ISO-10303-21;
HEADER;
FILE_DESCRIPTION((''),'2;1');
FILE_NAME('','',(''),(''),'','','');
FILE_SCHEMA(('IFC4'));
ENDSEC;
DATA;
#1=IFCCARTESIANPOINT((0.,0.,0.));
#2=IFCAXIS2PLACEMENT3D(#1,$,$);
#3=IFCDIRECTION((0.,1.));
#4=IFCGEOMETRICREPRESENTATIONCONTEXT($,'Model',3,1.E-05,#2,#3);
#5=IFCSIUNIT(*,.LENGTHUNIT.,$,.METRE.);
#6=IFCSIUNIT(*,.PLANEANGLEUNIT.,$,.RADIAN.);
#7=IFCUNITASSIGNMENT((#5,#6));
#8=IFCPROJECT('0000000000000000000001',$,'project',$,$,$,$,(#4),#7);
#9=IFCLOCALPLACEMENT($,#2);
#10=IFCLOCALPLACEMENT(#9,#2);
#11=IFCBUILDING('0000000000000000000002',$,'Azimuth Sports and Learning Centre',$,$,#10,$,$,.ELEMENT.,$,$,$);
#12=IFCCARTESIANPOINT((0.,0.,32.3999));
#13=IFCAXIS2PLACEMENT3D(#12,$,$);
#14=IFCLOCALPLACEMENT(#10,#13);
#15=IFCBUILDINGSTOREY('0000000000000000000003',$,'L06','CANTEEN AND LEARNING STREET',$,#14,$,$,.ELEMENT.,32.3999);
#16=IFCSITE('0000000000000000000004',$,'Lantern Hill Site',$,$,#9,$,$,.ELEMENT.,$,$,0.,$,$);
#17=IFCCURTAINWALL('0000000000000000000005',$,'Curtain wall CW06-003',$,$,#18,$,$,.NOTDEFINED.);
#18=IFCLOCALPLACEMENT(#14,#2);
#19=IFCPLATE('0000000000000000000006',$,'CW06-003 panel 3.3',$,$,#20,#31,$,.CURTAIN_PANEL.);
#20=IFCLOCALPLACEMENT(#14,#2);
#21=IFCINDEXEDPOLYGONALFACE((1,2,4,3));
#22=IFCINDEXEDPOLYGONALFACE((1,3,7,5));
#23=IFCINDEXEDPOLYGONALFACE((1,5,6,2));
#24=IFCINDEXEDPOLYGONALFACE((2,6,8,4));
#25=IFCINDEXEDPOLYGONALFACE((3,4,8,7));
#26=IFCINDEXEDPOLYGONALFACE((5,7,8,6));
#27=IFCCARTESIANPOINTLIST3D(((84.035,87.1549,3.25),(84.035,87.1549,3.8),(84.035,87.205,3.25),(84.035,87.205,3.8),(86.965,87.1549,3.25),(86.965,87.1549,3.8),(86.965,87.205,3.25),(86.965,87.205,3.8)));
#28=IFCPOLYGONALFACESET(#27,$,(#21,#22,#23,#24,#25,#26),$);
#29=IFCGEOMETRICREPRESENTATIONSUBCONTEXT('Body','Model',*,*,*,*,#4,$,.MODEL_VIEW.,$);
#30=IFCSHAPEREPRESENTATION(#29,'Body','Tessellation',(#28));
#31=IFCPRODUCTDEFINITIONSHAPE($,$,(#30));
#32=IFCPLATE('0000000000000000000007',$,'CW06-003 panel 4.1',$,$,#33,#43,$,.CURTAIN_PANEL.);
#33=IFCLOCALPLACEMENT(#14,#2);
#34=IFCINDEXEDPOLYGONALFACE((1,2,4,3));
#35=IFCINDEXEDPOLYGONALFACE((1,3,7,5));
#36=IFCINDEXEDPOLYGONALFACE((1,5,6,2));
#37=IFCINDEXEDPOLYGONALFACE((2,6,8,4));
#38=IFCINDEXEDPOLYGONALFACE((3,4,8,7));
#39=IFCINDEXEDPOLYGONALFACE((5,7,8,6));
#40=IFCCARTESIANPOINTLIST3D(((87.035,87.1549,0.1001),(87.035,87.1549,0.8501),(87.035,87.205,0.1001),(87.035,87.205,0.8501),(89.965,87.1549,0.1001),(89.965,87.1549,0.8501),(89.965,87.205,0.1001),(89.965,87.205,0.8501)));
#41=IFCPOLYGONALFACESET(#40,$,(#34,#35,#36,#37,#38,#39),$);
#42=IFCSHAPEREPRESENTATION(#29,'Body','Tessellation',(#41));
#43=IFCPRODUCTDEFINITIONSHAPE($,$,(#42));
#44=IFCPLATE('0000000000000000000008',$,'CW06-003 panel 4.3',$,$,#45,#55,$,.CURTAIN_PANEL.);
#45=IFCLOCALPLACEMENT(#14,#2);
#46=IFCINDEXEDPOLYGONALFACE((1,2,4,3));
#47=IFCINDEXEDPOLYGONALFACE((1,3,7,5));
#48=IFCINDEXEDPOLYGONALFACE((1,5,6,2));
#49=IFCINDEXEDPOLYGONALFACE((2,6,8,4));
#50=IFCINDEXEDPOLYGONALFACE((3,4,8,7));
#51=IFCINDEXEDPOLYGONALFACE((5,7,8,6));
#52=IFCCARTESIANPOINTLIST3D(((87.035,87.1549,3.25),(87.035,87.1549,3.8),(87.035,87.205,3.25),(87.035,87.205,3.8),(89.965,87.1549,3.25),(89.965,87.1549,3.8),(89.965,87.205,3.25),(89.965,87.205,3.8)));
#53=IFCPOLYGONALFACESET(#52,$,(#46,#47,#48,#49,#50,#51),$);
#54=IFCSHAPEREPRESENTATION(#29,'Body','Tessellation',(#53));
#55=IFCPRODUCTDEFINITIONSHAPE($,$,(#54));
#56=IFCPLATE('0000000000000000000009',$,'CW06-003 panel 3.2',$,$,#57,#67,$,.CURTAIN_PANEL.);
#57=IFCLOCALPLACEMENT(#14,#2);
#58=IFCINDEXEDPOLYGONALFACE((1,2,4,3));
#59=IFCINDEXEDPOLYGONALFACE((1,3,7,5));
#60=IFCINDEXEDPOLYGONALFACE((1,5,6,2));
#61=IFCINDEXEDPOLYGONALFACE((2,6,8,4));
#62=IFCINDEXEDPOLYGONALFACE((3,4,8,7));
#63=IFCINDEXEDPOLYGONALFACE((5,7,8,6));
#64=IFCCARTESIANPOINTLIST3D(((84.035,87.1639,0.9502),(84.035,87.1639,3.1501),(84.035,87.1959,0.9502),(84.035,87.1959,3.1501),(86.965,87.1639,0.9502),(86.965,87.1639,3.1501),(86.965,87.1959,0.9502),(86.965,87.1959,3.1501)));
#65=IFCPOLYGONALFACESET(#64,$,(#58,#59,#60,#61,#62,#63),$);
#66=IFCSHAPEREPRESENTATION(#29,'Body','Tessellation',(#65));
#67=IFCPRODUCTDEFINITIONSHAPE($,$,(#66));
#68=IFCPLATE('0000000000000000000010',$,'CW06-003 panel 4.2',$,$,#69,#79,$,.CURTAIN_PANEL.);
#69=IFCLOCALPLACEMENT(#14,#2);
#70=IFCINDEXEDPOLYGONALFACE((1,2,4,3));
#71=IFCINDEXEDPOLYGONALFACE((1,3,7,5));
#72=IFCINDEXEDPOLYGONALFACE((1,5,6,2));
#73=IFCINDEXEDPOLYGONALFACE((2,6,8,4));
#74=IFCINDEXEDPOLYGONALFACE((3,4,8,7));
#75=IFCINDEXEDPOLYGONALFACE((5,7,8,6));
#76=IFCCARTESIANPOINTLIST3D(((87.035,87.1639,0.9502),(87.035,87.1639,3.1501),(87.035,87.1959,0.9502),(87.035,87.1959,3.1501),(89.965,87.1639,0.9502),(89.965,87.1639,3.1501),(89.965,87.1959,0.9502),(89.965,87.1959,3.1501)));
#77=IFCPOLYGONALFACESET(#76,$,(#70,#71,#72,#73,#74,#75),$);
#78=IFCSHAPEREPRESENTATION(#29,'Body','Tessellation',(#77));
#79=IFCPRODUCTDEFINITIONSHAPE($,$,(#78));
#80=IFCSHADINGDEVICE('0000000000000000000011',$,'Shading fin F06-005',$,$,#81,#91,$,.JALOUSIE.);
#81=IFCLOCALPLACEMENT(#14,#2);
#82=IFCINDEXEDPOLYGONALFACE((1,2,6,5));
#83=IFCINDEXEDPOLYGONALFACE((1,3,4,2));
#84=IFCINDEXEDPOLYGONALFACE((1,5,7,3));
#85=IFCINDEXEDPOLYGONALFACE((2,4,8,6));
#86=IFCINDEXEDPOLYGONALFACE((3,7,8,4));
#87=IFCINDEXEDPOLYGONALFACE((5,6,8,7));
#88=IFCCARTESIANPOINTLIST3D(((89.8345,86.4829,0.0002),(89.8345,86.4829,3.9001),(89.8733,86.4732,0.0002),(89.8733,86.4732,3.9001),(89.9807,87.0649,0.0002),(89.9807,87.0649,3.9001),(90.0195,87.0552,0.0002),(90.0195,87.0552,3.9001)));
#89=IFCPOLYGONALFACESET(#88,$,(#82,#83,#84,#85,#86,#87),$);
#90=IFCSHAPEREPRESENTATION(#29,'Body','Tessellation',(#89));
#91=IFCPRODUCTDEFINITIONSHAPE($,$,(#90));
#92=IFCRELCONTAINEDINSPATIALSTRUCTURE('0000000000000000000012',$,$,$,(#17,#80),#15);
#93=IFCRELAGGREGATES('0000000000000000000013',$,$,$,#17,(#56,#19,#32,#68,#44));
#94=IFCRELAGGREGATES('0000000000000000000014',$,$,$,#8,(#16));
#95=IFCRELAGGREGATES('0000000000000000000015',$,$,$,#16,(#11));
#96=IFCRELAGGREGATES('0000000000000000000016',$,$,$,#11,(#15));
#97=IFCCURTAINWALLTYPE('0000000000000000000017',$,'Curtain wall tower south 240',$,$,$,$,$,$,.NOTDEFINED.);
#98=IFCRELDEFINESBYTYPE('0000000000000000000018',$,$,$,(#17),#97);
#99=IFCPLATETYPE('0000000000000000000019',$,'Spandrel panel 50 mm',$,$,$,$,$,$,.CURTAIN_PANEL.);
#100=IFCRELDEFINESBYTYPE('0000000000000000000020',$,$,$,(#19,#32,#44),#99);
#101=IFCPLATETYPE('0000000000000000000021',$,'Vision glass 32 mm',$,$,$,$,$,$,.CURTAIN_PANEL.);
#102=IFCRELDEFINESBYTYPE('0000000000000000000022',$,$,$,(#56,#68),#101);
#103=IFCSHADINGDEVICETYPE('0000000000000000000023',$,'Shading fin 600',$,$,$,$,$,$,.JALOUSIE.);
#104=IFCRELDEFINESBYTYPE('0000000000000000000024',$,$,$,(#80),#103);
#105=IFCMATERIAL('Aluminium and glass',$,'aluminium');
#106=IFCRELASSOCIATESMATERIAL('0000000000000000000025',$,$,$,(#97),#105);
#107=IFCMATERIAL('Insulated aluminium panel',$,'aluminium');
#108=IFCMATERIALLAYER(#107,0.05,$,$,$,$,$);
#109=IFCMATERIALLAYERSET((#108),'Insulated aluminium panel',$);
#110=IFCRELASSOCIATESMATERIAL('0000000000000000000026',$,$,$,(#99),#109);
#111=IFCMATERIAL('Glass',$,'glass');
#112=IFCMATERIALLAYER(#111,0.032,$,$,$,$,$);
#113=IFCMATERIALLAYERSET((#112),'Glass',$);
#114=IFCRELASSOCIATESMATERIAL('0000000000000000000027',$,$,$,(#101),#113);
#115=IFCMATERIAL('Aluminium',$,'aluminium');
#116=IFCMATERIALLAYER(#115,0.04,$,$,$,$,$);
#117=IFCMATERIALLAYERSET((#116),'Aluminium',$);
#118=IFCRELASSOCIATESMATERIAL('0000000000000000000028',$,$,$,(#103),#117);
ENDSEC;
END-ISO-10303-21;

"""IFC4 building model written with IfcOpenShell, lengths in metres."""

from ifc_helpers import new_model, si_unit, direction, frame, origin, origin_2d, place, context, subcontext, project, spatial, rectangle, extrude, material, layer, layer_set, type_object, element, aggregate, save


model = new_model("IFC4")

# Units and contexts
model_context = context("Model", 3, precision=1e-05, world=origin(), true_north=direction((0.0, 1.0)))
body_context = subcontext(model_context, "Body", "Model", "MODEL_VIEW")
ifc_project = project(units=[si_unit("LENGTHUNIT", "METRE"), si_unit("PLANEANGLEUNIT", "RADIAN")], contexts=[model_context])

# Site, building, storey
site_placement = place(None, origin())
site = spatial("IfcSite", under=ifc_project, at=site_placement, Name="Lantern Hill Site", CompositionType="ELEMENT", RefElevation=0.0)
building_placement = place(site_placement, origin())
building = spatial("IfcBuilding", under=site, at=building_placement, Name="Azimuth Sports and Learning Centre", CompositionType="ELEMENT")
storey_placement = place(building_placement, frame((0.0, 0.0, 32.3999)))
storey = spatial("IfcBuildingStorey", under=building, at=storey_placement, Name="L06", Description="CANTEEN AND LEARNING STREET", CompositionType="ELEMENT", Elevation=32.3999)

# Curtain wall, plates
ifc_material_1 = material(Name="Aluminium and glass", Category="aluminium")
curtain_wall_type = type_object("IfcCurtainWallType", Name="Curtain wall tower south 240", PredefinedType="NOTDEFINED", material=ifc_material_1)
curtain_wall_placement = place(storey_placement, origin())
curtain_wall = element("IfcCurtainWall", 1, at=curtain_wall_placement, inside=storey, type_object=curtain_wall_type, Name="Curtain wall CW06-003", PredefinedType="NOTDEFINED")
ifc_material_2 = material(Name="Insulated aluminium panel", Category="aluminium")
ifc_layer_1 = layer(ifc_material_2, 0.05)
ifc_layer_set_1 = layer_set([ifc_layer_1], Name="Insulated aluminium panel")
plate_type_1 = type_object("IfcPlateType", Name="Spandrel panel 50 mm", PredefinedType="CURTAIN_PANEL", material=ifc_layer_set_1)
plate_1_placement = place(storey_placement, frame((85.5, 87.1799, 3.25), z_axis=(0.0, 0.0, 1.0), x_axis=(1.0, 0.0, 0.0)))
plate_1 = element("IfcPlate", 2, at=plate_1_placement, type_object=plate_type_1, Name="CW06-003 panel 3.3", PredefinedType="CURTAIN_PANEL", context=body_context, shape_type="SweptSolid", body=[
    extrude(rectangle(XDim=2.9299, YDim=0.05, at=origin_2d()), origin(), (0.0, 0.0, 1.0), 0.55),
])
plate_2_placement = place(storey_placement, frame((88.5, 87.1799, 0.1001), z_axis=(0.0, 0.0, 1.0), x_axis=(1.0, 0.0, 0.0)))
plate_2 = element("IfcPlate", 3, at=plate_2_placement, type_object=plate_type_1, Name="CW06-003 panel 4.1", PredefinedType="CURTAIN_PANEL", context=body_context, shape_type="SweptSolid", body=[
    extrude(rectangle(XDim=2.9299, YDim=0.05, at=origin_2d()), origin(), (0.0, 0.0, 1.0), 0.75),
])
plate_3_placement = place(storey_placement, frame((88.5, 87.1799, 3.25), z_axis=(0.0, 0.0, 1.0), x_axis=(1.0, 0.0, 0.0)))
plate_3 = element("IfcPlate", 4, at=plate_3_placement, type_object=plate_type_1, Name="CW06-003 panel 4.3", PredefinedType="CURTAIN_PANEL", context=body_context, shape_type="SweptSolid", body=[
    extrude(rectangle(XDim=2.9299, YDim=0.05, at=origin_2d()), origin(), (0.0, 0.0, 1.0), 0.55),
])
ifc_material_3 = material(Name="Glass", Category="glass")
ifc_layer_2 = layer(ifc_material_3, 0.032)
ifc_layer_set_2 = layer_set([ifc_layer_2], Name="Glass")
plate_type_2 = type_object("IfcPlateType", Name="Vision glass 32 mm", PredefinedType="CURTAIN_PANEL", material=ifc_layer_set_2)
plate_4_placement = place(storey_placement, frame((85.5, 87.1799, 0.9502), z_axis=(0.0, 0.0, 1.0), x_axis=(1.0, 0.0, 0.0)))
plate_4 = element("IfcPlate", 5, at=plate_4_placement, type_object=plate_type_2, Name="CW06-003 panel 3.2", PredefinedType="CURTAIN_PANEL", context=body_context, shape_type="SweptSolid", body=[
    extrude(rectangle(XDim=2.9299, YDim=0.032, at=origin_2d()), origin(), (0.0, 0.0, 1.0), 2.2),
])
plate_5_placement = place(storey_placement, frame((88.5, 87.1799, 0.9502), z_axis=(0.0, 0.0, 1.0), x_axis=(1.0, 0.0, 0.0)))
plate_5 = element("IfcPlate", 6, at=plate_5_placement, type_object=plate_type_2, Name="CW06-003 panel 4.2", PredefinedType="CURTAIN_PANEL", context=body_context, shape_type="SweptSolid", body=[
    extrude(rectangle(XDim=2.9299, YDim=0.032, at=origin_2d()), origin(), (0.0, 0.0, 1.0), 2.2),
])
aggregate(curtain_wall, [plate_4, plate_1, plate_2, plate_5, plate_3])

# Shading device
ifc_material_4 = material(Name="Aluminium", Category="aluminium")
ifc_layer_3 = layer(ifc_material_4, 0.04)
ifc_layer_set_3 = layer_set([ifc_layer_3], Name="Aluminium")
shading_device_type = type_object("IfcShadingDeviceType", Name="Shading fin 600", PredefinedType="JALOUSIE", material=ifc_layer_set_3)
shading_device_placement = place(storey_placement, frame((89.927, 86.769, 0.0002), z_axis=(0.0, 0.0, 1.0), x_axis=(-0.243731, -0.969843, 0.0)))
element("IfcShadingDevice", 7, at=shading_device_placement, inside=storey, type_object=shading_device_type, Name="Shading fin F06-005", PredefinedType="JALOUSIE", context=body_context, shape_type="SweptSolid", body=[
    extrude(rectangle(XDim=0.6001, YDim=0.04, at=origin_2d()), origin(), (0.0, 0.0, 1.0), 3.8999),
])

save(model, "model.ifc")
